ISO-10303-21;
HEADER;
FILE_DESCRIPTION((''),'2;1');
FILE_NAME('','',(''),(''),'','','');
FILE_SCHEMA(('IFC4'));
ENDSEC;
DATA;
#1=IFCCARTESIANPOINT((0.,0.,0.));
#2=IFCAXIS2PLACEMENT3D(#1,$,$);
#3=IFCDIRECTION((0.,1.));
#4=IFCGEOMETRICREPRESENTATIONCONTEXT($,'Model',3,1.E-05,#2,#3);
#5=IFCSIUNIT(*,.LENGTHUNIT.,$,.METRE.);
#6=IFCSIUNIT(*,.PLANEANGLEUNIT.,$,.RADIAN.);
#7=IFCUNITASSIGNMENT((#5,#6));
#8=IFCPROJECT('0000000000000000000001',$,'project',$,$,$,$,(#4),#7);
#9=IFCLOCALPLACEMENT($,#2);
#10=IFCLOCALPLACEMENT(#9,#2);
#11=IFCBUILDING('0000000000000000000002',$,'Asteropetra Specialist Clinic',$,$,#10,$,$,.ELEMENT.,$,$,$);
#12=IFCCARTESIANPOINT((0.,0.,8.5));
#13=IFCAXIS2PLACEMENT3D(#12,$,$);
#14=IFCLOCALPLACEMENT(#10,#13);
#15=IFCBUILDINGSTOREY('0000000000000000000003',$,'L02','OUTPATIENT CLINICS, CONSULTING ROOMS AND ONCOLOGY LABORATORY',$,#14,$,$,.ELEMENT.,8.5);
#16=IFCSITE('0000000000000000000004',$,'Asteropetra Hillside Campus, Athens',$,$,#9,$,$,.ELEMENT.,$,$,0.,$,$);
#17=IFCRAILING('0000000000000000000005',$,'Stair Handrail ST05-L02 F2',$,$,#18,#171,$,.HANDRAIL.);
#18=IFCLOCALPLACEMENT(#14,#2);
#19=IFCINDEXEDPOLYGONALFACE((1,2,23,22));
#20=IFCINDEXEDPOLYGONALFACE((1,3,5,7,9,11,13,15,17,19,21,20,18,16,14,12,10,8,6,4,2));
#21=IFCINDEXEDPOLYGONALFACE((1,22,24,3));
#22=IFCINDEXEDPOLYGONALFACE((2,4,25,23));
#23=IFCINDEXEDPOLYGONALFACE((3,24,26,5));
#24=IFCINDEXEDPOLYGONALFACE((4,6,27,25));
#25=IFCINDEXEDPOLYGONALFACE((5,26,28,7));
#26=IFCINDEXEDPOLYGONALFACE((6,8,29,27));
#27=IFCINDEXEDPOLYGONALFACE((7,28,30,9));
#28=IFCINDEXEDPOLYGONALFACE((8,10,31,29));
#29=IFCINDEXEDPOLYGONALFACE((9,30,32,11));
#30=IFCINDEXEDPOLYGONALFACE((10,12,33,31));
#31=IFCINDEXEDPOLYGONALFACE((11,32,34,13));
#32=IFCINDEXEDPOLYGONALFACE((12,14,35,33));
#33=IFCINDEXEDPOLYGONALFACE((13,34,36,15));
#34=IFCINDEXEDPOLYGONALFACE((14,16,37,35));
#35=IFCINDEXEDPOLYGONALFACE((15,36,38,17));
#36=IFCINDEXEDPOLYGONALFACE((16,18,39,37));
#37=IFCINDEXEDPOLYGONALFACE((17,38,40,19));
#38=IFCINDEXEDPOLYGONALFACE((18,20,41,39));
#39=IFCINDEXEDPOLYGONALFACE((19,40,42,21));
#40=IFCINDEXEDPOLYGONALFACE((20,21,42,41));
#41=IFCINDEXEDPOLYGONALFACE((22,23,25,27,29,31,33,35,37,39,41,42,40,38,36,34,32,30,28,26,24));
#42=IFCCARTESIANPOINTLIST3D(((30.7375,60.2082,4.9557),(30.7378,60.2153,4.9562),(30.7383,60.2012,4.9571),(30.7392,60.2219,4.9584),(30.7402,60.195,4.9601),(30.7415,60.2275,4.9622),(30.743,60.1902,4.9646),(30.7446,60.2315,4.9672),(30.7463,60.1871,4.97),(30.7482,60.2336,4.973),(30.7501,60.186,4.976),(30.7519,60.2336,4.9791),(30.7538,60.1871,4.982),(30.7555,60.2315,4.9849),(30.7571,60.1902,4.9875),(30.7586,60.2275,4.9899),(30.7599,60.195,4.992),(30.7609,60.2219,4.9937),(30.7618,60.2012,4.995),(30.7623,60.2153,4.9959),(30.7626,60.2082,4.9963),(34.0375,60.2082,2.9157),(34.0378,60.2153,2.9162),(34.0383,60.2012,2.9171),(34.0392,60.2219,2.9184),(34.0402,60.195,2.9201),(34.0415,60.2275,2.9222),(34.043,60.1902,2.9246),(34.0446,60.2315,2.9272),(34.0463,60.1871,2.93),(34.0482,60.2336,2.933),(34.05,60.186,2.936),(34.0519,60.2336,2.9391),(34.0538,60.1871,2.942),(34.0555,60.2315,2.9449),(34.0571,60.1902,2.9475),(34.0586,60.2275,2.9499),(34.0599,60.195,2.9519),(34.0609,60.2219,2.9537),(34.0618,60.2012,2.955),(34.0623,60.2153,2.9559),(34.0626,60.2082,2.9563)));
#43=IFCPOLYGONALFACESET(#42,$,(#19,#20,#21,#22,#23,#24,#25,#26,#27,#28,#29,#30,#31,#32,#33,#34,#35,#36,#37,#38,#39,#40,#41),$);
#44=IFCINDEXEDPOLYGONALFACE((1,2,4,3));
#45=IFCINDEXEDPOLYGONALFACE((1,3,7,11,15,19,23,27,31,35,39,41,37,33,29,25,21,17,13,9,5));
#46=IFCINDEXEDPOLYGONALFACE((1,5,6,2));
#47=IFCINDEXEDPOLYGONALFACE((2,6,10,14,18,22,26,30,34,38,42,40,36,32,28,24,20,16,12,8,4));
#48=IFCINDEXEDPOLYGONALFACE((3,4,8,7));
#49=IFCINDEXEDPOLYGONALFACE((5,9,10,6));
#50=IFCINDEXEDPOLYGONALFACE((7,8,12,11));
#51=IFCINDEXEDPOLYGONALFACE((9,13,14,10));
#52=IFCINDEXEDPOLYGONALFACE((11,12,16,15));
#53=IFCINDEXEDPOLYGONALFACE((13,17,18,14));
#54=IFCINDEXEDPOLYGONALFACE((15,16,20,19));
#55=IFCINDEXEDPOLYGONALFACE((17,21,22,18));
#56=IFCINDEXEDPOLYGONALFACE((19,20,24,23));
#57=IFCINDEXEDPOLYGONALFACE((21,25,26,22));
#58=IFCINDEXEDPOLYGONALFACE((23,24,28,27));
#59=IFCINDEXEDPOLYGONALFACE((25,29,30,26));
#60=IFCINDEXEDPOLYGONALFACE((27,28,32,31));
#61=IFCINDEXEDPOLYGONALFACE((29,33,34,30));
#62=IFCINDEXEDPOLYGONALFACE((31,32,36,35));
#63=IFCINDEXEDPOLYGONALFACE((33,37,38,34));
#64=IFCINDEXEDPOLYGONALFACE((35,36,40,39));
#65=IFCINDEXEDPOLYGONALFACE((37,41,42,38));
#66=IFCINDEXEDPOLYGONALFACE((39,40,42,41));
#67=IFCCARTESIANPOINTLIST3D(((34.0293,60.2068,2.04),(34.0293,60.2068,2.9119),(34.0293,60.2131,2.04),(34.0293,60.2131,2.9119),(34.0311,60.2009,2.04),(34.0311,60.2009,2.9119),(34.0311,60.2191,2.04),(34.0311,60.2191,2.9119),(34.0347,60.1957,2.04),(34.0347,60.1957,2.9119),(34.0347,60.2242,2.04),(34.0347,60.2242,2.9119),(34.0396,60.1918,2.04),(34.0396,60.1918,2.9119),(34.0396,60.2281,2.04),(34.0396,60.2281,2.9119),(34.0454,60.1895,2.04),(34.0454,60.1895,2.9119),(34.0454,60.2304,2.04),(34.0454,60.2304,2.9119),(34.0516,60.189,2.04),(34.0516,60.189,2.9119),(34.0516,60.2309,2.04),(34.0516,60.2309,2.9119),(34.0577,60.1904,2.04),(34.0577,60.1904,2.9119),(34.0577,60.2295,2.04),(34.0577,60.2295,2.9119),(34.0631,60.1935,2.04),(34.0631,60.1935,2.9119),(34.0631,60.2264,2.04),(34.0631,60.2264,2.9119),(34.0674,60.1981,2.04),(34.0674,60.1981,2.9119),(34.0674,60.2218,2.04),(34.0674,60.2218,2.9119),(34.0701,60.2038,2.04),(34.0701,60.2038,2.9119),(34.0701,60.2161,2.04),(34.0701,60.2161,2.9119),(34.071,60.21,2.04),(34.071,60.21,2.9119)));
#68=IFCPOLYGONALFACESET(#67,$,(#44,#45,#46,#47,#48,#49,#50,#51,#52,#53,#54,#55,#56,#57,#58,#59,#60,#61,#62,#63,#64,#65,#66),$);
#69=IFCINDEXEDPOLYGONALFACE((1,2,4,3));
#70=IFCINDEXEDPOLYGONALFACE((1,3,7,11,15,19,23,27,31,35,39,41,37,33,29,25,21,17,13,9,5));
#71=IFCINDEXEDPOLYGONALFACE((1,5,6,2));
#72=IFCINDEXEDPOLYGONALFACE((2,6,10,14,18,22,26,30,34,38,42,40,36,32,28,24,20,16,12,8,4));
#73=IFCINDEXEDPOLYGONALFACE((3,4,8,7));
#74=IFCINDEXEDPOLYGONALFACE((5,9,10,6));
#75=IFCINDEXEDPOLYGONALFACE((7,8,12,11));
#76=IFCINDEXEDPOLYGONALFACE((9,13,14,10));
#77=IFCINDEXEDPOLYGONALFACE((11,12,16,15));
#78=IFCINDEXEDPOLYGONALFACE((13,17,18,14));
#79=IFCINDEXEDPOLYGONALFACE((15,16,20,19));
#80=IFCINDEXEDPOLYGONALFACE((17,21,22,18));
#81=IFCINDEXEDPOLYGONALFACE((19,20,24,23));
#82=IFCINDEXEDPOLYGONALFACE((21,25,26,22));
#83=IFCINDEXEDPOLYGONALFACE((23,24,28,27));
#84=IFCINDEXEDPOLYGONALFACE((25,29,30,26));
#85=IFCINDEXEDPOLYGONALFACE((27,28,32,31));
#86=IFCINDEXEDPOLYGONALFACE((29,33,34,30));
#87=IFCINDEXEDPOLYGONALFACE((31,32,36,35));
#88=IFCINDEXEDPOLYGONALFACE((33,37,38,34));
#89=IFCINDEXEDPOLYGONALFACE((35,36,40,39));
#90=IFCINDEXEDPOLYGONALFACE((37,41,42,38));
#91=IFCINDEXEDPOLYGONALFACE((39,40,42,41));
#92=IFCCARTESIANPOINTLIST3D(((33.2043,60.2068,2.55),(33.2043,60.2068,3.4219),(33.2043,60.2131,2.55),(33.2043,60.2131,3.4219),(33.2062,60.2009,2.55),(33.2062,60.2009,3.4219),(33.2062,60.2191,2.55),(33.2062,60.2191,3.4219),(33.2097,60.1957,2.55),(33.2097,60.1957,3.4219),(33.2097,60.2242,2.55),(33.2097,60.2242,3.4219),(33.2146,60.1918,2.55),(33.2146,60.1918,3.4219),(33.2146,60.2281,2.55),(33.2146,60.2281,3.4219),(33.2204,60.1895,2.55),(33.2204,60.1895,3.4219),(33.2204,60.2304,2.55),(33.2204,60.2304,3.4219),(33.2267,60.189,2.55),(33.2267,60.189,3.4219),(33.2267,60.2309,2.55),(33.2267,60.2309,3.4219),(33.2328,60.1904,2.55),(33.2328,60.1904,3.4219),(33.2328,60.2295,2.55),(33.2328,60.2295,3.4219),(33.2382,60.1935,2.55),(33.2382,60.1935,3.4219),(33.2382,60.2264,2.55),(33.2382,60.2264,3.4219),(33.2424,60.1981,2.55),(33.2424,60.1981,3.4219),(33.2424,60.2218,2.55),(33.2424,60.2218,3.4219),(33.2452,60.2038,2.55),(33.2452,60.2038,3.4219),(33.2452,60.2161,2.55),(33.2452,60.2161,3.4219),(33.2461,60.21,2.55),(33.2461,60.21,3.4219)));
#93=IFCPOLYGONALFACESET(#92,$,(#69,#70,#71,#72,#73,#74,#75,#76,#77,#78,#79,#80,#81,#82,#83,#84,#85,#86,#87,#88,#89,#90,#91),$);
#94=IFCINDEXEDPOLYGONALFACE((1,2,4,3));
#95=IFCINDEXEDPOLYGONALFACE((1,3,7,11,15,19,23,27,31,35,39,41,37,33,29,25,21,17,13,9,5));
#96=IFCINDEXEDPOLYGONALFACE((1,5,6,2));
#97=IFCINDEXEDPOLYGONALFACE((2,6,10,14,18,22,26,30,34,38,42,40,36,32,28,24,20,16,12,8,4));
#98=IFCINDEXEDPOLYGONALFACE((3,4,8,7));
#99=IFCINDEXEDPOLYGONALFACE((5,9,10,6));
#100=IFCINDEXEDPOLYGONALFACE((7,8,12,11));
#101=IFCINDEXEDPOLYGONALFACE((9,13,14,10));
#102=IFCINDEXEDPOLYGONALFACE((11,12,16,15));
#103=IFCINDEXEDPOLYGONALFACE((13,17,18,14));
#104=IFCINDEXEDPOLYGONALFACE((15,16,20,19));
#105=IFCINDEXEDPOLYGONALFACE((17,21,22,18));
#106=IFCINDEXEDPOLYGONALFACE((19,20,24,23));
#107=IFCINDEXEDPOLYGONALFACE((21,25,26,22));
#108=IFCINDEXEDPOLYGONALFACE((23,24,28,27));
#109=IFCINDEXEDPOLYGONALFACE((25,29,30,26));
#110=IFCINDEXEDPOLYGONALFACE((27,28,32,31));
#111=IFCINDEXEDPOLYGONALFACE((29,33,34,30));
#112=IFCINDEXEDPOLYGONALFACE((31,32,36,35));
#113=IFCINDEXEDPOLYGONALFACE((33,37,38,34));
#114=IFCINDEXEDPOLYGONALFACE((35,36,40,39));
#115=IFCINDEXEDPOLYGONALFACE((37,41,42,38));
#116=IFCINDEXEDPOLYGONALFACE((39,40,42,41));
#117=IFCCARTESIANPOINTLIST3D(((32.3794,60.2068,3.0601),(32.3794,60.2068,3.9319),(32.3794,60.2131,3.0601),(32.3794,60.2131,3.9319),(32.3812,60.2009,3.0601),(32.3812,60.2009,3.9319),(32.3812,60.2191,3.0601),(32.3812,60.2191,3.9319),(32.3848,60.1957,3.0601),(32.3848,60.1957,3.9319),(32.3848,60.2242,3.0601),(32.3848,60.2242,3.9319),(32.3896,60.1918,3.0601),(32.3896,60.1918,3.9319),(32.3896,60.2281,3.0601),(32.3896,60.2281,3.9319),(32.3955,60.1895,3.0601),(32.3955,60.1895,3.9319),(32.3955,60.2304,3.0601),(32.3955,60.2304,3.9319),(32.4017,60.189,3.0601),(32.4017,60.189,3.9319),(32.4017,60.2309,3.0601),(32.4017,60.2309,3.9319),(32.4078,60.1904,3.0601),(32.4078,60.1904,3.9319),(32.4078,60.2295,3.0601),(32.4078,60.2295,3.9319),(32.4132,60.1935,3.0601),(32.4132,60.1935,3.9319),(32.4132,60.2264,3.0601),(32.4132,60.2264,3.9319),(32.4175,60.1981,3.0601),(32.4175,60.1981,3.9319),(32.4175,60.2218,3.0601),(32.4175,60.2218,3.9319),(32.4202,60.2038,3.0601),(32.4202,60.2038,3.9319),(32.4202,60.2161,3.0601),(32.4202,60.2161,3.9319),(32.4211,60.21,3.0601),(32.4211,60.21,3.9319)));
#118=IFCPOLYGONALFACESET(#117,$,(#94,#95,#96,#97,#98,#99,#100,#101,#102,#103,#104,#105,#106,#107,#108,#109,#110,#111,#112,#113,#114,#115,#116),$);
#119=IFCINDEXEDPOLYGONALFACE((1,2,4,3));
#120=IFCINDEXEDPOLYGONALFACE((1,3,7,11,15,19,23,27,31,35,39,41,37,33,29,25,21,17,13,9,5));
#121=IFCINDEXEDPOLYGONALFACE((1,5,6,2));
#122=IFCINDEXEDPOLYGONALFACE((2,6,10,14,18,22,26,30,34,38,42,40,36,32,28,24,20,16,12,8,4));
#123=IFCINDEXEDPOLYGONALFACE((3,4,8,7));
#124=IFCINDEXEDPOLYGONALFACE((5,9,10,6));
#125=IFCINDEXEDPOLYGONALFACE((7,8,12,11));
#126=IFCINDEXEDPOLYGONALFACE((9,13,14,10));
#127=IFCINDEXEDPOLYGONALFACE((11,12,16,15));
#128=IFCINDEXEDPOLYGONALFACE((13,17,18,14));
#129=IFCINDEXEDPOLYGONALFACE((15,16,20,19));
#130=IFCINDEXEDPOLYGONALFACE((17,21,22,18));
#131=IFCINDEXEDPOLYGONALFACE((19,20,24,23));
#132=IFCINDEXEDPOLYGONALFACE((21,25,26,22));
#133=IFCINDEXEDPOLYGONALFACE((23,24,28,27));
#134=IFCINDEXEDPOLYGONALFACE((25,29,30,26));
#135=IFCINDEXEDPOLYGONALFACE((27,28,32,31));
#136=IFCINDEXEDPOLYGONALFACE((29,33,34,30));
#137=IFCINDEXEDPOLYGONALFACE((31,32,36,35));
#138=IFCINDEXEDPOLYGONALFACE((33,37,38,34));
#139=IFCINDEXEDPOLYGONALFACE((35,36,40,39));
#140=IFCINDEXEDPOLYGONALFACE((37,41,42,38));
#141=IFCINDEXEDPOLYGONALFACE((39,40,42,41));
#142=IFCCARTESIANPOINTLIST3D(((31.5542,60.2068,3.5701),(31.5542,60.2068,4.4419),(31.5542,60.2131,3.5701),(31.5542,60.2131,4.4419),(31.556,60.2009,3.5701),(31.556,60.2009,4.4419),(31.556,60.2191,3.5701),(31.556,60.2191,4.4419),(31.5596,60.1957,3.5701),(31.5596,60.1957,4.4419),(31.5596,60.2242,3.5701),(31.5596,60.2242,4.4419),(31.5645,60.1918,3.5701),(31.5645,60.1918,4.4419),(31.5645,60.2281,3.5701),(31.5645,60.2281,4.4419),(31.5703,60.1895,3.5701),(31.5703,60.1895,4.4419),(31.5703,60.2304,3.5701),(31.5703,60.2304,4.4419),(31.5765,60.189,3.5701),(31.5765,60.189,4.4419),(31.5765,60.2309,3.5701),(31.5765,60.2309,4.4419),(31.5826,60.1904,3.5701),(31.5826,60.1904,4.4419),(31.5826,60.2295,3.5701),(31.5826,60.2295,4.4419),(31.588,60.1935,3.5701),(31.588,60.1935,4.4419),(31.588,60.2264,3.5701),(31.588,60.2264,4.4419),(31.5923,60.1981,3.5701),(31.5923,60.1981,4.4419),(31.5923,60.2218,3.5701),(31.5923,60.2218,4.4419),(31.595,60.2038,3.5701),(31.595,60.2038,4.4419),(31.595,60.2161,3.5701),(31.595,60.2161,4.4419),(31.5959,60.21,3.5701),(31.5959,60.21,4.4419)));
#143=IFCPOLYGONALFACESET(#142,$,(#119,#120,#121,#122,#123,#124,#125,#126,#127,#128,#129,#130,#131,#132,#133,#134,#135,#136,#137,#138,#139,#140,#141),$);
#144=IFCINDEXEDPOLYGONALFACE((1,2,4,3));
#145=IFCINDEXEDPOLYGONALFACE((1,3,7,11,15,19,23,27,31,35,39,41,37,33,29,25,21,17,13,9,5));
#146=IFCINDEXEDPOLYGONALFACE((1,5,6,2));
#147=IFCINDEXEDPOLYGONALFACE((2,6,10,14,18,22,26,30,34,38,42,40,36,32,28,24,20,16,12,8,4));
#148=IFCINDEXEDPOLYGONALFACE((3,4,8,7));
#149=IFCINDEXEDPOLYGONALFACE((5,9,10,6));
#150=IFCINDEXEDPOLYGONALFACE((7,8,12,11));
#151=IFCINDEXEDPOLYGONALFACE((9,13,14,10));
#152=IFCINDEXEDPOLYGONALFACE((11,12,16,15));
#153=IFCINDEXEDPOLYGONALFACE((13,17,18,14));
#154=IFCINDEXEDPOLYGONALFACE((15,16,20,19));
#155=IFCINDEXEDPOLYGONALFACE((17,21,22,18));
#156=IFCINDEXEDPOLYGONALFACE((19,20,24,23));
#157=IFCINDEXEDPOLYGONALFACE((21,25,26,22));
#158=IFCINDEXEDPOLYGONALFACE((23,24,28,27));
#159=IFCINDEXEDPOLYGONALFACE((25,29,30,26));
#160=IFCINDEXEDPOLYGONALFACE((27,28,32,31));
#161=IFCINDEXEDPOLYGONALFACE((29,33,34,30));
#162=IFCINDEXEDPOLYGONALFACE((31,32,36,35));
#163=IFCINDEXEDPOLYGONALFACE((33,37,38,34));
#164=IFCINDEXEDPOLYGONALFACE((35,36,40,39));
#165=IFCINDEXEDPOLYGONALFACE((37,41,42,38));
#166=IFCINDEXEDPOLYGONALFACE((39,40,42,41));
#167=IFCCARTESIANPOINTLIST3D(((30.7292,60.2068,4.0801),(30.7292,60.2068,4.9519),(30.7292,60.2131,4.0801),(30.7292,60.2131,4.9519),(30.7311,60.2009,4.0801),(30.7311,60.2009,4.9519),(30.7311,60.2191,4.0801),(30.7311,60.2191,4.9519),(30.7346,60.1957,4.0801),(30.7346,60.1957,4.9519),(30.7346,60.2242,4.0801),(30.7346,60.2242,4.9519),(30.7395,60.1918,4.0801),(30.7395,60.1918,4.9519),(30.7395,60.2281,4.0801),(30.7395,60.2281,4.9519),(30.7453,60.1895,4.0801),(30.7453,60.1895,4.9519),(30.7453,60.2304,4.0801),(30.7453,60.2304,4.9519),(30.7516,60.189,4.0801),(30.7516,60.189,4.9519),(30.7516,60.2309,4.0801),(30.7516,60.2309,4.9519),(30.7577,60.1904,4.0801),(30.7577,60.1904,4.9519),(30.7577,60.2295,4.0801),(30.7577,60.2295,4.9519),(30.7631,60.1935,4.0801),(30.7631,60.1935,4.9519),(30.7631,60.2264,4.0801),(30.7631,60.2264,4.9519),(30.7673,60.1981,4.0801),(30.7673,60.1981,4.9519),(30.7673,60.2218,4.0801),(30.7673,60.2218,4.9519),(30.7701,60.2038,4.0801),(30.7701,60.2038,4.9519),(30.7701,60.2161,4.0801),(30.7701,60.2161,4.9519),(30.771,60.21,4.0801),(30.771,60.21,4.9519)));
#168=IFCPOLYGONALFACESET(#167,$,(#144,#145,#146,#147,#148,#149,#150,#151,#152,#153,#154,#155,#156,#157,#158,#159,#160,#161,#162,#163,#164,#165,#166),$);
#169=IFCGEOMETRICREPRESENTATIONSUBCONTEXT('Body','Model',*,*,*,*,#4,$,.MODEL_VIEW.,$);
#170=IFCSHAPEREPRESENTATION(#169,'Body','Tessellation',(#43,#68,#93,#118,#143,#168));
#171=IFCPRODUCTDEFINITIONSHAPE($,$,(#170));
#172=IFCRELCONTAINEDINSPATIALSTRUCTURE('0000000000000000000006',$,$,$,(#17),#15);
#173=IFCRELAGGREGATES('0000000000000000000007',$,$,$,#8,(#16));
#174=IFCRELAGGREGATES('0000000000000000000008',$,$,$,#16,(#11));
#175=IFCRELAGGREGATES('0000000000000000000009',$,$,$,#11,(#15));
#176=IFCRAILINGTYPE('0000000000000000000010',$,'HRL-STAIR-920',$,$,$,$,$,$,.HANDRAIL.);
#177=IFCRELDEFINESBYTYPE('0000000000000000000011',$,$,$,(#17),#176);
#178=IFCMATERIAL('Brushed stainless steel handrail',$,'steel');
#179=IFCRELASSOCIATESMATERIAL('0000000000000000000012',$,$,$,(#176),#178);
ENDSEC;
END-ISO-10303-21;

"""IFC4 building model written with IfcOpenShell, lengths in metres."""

from ifc_helpers import new_model, si_unit, direction, frame, origin, origin_2d, place, context, subcontext, project, spatial, circle, extrude, material, type_object, element, save


model = new_model("IFC4")

# Units and contexts
model_context = context("Model", 3, precision=1e-05, world=origin(), true_north=direction((0.0, 1.0)))
body_context = subcontext(model_context, "Body", "Model", "MODEL_VIEW")
ifc_project = project(units=[si_unit("LENGTHUNIT", "METRE"), si_unit("PLANEANGLEUNIT", "RADIAN")], contexts=[model_context])

# Site, building, storey
site_placement = place(None, origin())
site = spatial("IfcSite", under=ifc_project, at=site_placement, Name="Asteropetra Hillside Campus, Athens", CompositionType="ELEMENT", RefElevation=0.0)
building_placement = place(site_placement, origin())
building = spatial("IfcBuilding", under=site, at=building_placement, Name="Asteropetra Specialist Clinic", CompositionType="ELEMENT")
storey_placement = place(building_placement, frame((0.0, 0.0, 8.5)))
storey = spatial("IfcBuildingStorey", under=building, at=storey_placement, Name="L02", Description="OUTPATIENT CLINICS, CONSULTING ROOMS AND ONCOLOGY LABORATORY", CompositionType="ELEMENT", Elevation=8.5)

# Railing
ifc_material_1 = material(Name="Brushed stainless steel handrail", Category="steel")
railing_type_1 = type_object("IfcRailingType", Name="HRL-STAIR-920", PredefinedType="HANDRAIL", material=ifc_material_1)
railing_1_placement = place(storey_placement, frame((34.05, 60.21, 2.04)))
element("IfcRailing", 1, at=railing_1_placement, inside=storey, type_object=railing_type_1, Name="Stair Handrail ST05-L02 F2", PredefinedType="HANDRAIL", context=body_context, shape_type="SweptSolid", body=[
    extrude(circle(Radius=0.0239, at=origin_2d()), frame((0.0, 0.0, 0.896), z_axis=(-0.850594, 0.0, 0.525824), x_axis=(0.0, -1.0, 0.0)), (0.0, 0.0, 1.0), 3.8796),
    extrude(circle(Radius=0.021, at=origin_2d()), origin(), (0.0, 0.0, 1.0), 0.8718),
    extrude(circle(Radius=0.021, at=origin_2d()), frame((-0.825, 0.0, 0.51)), (0.0, 0.0, 1.0), 0.8718),
    extrude(circle(Radius=0.021, at=origin_2d()), frame((-1.6499, 0.0, 1.02)), (0.0, 0.0, 1.0), 0.8718),
    extrude(circle(Radius=0.021, at=origin_2d()), frame((-2.4751, 0.0, 1.53)), (0.0, 0.0, 1.0), 0.8718),
    extrude(circle(Radius=0.021, at=origin_2d()), frame((-3.3, 0.0, 2.04)), (0.0, 0.0, 1.0), 0.8718),
])

save(model, "model.ifc")
